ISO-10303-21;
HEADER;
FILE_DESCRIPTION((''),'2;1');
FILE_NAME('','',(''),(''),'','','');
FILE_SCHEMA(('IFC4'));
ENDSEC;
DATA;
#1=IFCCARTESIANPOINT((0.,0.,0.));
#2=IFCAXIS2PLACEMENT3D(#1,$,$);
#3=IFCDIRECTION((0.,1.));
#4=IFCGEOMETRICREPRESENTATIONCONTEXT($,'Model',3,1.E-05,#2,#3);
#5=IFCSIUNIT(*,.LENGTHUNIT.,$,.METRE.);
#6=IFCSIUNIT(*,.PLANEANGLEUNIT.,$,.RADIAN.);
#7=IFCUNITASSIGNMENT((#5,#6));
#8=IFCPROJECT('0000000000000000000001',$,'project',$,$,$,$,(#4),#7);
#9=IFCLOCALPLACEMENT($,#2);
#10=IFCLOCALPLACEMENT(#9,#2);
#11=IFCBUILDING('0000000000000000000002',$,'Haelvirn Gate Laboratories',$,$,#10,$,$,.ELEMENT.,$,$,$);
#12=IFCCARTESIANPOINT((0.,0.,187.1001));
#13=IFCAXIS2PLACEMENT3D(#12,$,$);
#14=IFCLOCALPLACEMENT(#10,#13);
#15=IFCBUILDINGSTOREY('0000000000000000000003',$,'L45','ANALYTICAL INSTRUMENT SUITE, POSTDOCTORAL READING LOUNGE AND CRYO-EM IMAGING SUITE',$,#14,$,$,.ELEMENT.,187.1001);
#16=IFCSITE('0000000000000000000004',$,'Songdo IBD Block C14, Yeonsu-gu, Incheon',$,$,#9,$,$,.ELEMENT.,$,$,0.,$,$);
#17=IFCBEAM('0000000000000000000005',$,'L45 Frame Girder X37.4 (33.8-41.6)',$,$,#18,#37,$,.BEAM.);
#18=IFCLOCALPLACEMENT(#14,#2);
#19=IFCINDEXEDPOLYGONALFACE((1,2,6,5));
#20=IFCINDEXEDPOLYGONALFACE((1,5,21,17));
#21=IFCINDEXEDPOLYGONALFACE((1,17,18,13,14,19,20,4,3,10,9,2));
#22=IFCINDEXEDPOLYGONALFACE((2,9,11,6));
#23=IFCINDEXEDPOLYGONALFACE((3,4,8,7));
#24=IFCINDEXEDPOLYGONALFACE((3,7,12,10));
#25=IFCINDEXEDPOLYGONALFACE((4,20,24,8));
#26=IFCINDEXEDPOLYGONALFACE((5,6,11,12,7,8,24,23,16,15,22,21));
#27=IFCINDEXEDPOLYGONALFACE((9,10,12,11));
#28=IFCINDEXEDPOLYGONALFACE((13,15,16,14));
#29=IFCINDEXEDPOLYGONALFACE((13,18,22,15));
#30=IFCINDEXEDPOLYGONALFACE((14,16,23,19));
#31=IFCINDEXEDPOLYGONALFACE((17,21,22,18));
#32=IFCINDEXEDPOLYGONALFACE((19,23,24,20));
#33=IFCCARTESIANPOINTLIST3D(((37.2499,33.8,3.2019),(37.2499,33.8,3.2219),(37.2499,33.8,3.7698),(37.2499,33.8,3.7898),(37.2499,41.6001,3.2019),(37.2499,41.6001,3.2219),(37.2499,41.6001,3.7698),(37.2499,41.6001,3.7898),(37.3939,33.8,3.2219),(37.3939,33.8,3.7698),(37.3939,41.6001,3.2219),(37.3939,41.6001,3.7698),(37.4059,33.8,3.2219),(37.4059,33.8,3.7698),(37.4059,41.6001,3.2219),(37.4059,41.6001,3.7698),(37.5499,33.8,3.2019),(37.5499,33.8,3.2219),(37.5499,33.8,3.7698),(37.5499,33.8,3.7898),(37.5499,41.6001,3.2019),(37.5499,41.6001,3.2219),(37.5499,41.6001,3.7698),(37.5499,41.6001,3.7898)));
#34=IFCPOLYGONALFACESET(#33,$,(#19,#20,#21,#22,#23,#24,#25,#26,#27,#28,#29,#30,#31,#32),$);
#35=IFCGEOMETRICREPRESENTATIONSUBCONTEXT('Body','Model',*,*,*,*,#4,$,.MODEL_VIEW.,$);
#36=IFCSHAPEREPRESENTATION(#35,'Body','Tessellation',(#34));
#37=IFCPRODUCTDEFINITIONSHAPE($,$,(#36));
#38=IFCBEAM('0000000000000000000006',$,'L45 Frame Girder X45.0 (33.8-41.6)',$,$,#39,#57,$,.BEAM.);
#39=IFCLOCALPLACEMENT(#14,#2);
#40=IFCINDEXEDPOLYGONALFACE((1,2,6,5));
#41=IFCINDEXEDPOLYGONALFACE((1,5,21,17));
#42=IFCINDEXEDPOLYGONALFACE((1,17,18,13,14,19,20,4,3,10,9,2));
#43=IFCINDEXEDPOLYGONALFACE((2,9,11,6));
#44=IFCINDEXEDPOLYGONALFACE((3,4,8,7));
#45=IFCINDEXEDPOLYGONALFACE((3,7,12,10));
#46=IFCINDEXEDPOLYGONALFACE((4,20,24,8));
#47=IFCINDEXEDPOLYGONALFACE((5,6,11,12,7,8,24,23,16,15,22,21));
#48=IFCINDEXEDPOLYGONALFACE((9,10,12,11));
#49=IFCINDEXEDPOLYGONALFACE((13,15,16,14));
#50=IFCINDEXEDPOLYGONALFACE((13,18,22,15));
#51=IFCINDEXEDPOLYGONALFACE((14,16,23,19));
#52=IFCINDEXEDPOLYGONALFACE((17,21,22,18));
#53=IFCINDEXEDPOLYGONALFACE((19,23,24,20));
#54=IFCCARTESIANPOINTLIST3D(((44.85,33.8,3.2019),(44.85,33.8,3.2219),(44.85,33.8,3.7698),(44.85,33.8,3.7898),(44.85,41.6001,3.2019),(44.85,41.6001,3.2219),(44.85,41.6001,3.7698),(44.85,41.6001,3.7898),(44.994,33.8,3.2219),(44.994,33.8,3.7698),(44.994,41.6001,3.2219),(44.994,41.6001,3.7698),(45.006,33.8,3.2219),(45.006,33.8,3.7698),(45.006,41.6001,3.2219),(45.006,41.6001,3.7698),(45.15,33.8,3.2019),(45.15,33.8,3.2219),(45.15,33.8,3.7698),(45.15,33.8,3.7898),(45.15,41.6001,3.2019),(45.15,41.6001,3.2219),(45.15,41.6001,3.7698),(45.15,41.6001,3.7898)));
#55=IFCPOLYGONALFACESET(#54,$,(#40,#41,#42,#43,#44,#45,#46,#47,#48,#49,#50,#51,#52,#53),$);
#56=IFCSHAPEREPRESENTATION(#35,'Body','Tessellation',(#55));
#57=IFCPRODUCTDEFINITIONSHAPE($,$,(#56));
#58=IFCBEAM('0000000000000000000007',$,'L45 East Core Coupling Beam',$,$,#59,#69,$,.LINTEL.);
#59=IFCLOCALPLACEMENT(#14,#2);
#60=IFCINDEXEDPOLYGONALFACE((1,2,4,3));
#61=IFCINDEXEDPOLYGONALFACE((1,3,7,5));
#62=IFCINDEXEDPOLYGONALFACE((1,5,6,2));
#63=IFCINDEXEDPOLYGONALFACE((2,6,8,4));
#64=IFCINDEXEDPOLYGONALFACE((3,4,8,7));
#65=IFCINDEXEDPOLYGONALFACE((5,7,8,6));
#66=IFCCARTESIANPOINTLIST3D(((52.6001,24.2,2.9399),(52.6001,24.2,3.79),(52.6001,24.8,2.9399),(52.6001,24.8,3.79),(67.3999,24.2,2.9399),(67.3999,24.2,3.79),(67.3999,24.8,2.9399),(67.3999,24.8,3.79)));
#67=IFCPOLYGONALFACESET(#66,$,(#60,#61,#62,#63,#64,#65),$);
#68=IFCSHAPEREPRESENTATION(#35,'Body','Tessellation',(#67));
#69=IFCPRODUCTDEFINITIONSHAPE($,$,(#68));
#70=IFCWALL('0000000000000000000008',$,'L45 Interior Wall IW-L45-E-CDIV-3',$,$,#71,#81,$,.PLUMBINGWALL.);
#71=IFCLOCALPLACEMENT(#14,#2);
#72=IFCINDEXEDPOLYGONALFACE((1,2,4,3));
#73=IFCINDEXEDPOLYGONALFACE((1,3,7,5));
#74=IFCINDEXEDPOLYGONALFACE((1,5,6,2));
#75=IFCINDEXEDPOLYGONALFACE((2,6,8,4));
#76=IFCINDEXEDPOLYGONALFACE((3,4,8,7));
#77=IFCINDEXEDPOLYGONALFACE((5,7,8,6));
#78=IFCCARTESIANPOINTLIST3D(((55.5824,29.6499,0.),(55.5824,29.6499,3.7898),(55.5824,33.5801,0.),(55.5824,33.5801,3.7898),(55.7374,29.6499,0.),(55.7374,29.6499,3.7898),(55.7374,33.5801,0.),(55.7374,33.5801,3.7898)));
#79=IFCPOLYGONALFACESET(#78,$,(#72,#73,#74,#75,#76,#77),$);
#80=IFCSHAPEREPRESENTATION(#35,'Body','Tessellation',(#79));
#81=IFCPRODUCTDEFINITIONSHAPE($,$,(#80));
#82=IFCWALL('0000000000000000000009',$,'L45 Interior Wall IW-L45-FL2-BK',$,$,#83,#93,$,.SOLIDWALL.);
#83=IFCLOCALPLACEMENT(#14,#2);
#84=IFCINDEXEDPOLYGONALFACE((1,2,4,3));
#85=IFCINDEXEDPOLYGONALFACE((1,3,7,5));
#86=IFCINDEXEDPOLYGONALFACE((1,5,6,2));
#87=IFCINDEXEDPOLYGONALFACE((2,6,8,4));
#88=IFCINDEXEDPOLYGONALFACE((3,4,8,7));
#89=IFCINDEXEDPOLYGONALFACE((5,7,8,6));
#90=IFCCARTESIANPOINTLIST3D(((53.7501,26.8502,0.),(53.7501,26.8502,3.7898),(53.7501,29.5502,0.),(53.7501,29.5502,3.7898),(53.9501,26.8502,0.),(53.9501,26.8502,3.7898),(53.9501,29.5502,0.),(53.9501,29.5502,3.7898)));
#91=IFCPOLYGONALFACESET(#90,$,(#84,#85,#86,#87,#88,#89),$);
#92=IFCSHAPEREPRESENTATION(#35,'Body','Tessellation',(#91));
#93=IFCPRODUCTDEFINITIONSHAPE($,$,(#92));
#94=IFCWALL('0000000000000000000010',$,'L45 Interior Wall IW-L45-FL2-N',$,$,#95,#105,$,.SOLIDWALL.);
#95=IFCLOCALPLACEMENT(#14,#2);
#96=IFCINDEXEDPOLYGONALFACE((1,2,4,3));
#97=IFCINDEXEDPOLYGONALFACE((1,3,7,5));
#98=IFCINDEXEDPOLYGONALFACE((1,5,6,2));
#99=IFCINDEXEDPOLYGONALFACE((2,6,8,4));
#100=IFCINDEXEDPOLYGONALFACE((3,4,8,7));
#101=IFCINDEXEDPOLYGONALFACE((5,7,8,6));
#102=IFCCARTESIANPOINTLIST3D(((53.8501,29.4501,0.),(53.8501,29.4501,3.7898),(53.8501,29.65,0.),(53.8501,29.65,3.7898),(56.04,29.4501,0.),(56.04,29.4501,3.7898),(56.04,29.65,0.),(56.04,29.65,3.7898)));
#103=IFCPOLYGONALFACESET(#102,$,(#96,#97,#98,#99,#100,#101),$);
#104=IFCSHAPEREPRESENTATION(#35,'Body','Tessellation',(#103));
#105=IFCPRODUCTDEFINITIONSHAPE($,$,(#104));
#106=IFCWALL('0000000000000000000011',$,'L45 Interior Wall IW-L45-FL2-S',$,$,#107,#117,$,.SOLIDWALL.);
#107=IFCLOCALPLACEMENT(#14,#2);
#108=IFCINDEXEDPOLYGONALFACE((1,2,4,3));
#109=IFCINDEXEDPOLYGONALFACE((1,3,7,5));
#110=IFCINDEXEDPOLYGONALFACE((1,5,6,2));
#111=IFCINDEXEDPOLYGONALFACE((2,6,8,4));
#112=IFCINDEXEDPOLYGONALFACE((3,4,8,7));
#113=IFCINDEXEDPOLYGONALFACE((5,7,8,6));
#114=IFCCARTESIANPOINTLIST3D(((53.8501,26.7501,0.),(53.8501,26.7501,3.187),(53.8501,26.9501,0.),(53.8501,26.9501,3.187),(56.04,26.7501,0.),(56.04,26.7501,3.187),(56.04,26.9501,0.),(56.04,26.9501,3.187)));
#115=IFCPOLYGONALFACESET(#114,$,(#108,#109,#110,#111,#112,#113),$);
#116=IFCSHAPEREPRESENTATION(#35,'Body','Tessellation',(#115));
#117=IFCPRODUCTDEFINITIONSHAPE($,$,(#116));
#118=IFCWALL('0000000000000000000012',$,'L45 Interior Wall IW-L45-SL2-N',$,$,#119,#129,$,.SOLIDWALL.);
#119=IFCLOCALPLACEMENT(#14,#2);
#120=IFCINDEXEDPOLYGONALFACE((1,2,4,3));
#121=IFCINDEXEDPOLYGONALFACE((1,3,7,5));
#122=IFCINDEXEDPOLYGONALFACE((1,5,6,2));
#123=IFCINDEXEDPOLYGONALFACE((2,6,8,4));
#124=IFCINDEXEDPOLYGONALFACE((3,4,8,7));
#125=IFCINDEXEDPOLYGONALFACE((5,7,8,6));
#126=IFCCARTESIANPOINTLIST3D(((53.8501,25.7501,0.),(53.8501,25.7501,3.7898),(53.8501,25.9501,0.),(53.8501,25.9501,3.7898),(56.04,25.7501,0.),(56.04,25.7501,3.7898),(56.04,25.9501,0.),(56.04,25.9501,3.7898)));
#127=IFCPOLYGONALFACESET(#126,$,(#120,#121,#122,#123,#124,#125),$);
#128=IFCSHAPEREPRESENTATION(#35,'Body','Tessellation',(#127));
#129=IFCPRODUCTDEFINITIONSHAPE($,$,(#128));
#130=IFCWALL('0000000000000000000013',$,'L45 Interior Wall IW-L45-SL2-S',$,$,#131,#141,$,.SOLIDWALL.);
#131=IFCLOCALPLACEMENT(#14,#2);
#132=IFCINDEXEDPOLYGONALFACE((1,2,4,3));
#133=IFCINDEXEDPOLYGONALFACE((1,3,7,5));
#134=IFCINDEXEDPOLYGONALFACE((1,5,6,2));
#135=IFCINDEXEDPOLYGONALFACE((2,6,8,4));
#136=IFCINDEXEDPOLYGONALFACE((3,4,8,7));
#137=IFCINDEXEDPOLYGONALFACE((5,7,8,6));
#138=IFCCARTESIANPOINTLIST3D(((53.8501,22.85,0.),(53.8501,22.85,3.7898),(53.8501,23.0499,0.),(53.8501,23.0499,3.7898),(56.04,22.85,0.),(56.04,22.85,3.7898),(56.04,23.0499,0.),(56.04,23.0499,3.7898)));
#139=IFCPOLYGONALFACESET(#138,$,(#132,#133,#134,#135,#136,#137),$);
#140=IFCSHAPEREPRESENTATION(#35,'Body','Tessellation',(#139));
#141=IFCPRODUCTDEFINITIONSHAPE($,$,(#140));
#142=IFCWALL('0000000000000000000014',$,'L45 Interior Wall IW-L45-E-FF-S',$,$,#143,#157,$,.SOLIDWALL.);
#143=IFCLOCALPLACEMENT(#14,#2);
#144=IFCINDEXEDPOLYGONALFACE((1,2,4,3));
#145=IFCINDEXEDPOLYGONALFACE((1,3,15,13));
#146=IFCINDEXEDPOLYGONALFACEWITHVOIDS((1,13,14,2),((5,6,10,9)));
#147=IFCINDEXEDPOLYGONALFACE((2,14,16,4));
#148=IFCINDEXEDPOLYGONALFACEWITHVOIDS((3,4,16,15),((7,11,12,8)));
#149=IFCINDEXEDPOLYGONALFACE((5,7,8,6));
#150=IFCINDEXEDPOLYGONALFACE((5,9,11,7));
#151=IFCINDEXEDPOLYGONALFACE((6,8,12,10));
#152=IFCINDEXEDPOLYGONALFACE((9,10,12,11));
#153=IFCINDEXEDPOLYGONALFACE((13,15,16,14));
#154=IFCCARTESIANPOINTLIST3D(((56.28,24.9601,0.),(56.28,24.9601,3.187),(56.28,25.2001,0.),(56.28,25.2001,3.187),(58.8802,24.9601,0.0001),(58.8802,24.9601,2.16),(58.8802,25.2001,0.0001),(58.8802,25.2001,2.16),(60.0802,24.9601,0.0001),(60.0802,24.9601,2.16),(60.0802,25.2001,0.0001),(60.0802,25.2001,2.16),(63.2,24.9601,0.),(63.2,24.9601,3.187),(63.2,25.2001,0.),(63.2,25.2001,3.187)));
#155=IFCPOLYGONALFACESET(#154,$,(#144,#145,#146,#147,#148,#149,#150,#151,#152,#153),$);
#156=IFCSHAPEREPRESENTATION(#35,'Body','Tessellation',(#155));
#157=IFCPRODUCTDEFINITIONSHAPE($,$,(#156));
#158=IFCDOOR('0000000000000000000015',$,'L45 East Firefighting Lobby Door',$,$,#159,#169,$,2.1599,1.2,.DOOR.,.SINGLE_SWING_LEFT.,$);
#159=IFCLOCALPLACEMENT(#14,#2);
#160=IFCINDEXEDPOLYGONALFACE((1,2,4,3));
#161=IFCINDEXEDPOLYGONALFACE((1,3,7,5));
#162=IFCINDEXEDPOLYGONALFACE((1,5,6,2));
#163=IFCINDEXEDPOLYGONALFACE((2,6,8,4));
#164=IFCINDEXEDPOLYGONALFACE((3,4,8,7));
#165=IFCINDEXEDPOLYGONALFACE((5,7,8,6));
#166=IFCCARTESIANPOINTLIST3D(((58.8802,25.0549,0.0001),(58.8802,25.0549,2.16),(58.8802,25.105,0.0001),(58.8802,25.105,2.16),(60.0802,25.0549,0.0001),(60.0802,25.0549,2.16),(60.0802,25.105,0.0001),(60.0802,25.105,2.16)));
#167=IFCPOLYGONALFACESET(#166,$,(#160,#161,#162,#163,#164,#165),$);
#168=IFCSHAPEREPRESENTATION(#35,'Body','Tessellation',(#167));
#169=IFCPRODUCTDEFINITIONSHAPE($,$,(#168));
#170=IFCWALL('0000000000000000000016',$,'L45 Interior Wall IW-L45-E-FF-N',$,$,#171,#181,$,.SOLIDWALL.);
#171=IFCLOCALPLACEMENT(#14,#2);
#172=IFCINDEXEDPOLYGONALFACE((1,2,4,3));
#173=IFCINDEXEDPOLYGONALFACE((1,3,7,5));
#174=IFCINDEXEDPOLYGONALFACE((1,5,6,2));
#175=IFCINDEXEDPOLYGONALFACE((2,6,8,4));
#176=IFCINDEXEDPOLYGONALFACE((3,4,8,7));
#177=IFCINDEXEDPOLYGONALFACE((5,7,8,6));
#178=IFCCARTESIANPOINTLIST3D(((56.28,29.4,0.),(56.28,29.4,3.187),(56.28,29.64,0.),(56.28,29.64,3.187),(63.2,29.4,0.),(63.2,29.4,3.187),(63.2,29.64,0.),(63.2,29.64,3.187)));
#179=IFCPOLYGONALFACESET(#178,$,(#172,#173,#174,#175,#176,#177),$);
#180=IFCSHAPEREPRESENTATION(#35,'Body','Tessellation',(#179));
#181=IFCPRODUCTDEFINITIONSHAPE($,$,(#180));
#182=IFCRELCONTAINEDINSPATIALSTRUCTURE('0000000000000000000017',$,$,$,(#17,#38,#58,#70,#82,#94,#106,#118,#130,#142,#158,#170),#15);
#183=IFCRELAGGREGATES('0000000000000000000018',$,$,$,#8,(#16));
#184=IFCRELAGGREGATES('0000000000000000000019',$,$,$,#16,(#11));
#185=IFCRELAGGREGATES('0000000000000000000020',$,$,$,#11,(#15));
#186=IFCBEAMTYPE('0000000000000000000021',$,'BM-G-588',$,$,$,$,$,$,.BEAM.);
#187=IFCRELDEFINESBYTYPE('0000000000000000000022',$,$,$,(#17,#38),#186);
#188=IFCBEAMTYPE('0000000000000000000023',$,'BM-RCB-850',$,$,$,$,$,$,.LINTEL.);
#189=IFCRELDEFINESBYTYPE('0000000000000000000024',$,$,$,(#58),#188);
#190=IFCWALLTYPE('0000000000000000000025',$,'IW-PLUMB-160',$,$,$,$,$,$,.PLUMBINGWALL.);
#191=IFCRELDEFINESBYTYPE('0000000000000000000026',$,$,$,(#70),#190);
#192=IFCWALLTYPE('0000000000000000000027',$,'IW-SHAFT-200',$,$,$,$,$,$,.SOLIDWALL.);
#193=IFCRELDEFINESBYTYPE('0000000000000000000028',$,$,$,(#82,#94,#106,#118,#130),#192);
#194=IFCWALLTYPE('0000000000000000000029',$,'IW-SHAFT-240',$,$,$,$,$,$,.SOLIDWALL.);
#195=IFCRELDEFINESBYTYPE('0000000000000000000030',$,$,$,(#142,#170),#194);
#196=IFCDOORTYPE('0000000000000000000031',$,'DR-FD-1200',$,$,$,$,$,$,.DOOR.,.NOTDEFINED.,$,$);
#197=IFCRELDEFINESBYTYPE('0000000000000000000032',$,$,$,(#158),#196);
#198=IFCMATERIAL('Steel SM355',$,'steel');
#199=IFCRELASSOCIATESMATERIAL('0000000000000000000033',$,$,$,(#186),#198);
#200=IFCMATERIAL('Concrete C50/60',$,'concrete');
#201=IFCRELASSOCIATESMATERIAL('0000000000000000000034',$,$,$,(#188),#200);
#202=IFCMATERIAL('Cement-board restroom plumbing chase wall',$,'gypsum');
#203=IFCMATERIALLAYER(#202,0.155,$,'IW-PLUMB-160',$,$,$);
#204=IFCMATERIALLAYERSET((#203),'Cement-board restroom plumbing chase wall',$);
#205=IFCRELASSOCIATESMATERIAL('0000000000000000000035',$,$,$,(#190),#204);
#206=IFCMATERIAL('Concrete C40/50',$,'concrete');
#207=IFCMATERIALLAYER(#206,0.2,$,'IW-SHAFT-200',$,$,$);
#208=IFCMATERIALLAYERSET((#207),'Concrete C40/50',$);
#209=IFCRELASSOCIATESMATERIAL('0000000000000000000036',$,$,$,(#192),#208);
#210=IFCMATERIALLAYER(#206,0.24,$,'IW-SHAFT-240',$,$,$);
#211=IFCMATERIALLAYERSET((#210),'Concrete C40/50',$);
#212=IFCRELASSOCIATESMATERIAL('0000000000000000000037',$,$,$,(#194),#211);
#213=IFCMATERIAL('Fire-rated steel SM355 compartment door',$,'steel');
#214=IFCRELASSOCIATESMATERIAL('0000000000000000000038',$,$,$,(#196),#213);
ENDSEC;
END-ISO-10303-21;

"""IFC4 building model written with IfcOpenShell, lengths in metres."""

from ifc_helpers import new_model, si_unit, direction, frame, frame_2d, origin, origin_2d, place, context, subcontext, project, spatial, rectangle, i_section, extrude, source, transform, mapped, material, layer, layer_set, material_profile, profile_set, type_object, type_shapes, element, fill, save


model = new_model("IFC4")

# Units and contexts
model_context = context("Model", 3, precision=1e-05, world=origin(), true_north=direction((0.0, 1.0)))
body_context = subcontext(model_context, "Body", "Model", "MODEL_VIEW")
ifc_project = project(units=[si_unit("LENGTHUNIT", "METRE"), si_unit("PLANEANGLEUNIT", "RADIAN")], contexts=[model_context])

# Site, building, storey
site_placement = place(None, origin())
site = spatial("IfcSite", under=ifc_project, at=site_placement, Name="Songdo IBD Block C14, Yeonsu-gu, Incheon", CompositionType="ELEMENT", RefElevation=0.0)
building_placement = place(site_placement, origin())
building = spatial("IfcBuilding", under=site, at=building_placement, Name="Haelvirn Gate Laboratories", CompositionType="ELEMENT")
storey_placement = place(building_placement, frame((0.0, 0.0, 187.1001)))
storey = spatial("IfcBuildingStorey", under=building, at=storey_placement, Name="L45", Description="ANALYTICAL INSTRUMENT SUITE, POSTDOCTORAL READING LOUNGE AND CRYO-EM IMAGING SUITE", CompositionType="ELEMENT", Elevation=187.1001)

# Shared definitions
ifc_material_1 = material(Name="Steel SM355", Category="steel")

# Beams
ifc_material_profile_1 = material_profile(ifc_material_1, i_section(OverallWidth=0.3, OverallDepth=0.5879, WebThickness=0.012, FlangeThickness=0.02, at=origin_2d()), Name="H-588x300x12x20")
ifc_profile_set_1 = profile_set([ifc_material_profile_1], Name="Steel SM355")
beam_type_1 = type_object("IfcBeamType", Name="BM-G-588", PredefinedType="BEAM", material=ifc_profile_set_1)
shared_shape_1 = source(origin(), body_context, "Body", "SweptSolid", [
    extrude(i_section(OverallWidth=0.3, OverallDepth=0.5879, WebThickness=0.012, FlangeThickness=0.02, at=origin_2d()), origin(), (0.0, 0.0, 1.0), 7.8),
])
for number, where, z_axis, x_axis, name in (
    (1, (37.3999, 33.8, 3.4958), (0.0, 1.0, 0.0), (-1.0, 0.0, 0.0), "L45 Frame Girder X37.4 (33.8-41.6)"),
    (2, (45.0, 33.8, 3.4958), (0.0, 1.0, 0.0), (-1.0, 0.0, 0.0), "L45 Frame Girder X45.0 (33.8-41.6)"),
):
    element("IfcBeam", number, at=place(storey_placement, frame(where, z_axis=z_axis, x_axis=x_axis)), inside=storey, type_object=beam_type_1, Name=name, PredefinedType="BEAM", context=body_context, shape_type="MappedRepresentation", body=[
        mapped(shared_shape_1, transform((0.0, 0.0, 0.0), scale=1.0)),
    ])
ifc_material_2 = material(Name="Concrete C50/60", Category="concrete")
ifc_material_profile_2 = material_profile(ifc_material_2, rectangle(XDim=0.6001, YDim=0.8501, at=origin_2d()), Name="RCB-600x850")
ifc_profile_set_2 = profile_set([ifc_material_profile_2], Name="Concrete C50/60")
beam_type_2 = type_object("IfcBeamType", Name="BM-RCB-850", PredefinedType="LINTEL", material=ifc_profile_set_2)
shared_shape_2 = source(origin(), body_context, "Body", "SweptSolid", [
    extrude(rectangle(XDim=0.6001, YDim=0.8501, at=origin_2d()), origin(), (0.0, 0.0, 1.0), 14.7998),
])
type_shapes(beam_type_2, [shared_shape_2])
beam_1_placement = place(storey_placement, frame((52.6001, 24.5, 3.365), z_axis=(1.0, 0.0, 0.0), x_axis=(0.0, 1.0, 0.0)))
element("IfcBeam", 3, at=beam_1_placement, inside=storey, type_object=beam_type_2, Name="L45 East Core Coupling Beam", PredefinedType="LINTEL", context=body_context, shape_type="MappedRepresentation", body=[
    mapped(shared_shape_2, transform((0.0, 0.0, 0.0), scale=1.0)),
])

# Walls
ifc_material_3 = material(Name="Cement-board restroom plumbing chase wall", Category="gypsum")
ifc_layer_1 = layer(ifc_material_3, 0.155, Name="IW-PLUMB-160")
ifc_layer_set_1 = layer_set([ifc_layer_1], Name="Cement-board restroom plumbing chase wall")
wall_type_1 = type_object("IfcWallType", Name="IW-PLUMB-160", PredefinedType="PLUMBINGWALL", material=ifc_layer_set_1)
wall_1_placement = place(storey_placement, frame((55.6599, 29.6499, 0.0), z_axis=(0.0, 0.0, 1.0), x_axis=(0.0, 1.0, 0.0)))
element("IfcWall", 4, at=wall_1_placement, inside=storey, type_object=wall_type_1, Name="L45 Interior Wall IW-L45-E-CDIV-3", PredefinedType="PLUMBINGWALL", context=body_context, shape_type="SweptSolid", body=[
    extrude(rectangle(XDim=3.9302, YDim=0.155, at=frame_2d((1.9651, 0.0))), origin(), (0.0, 0.0, 1.0), 3.7898),
])
ifc_material_4 = material(Name="Concrete C40/50", Category="concrete")
ifc_layer_2 = layer(ifc_material_4, 0.2, Name="IW-SHAFT-200")
ifc_layer_set_2 = layer_set([ifc_layer_2], Name="Concrete C40/50")
wall_type_2 = type_object("IfcWallType", Name="IW-SHAFT-200", PredefinedType="SOLIDWALL", material=ifc_layer_set_2)
wall_2_placement = place(storey_placement, frame((53.8501, 26.8501, 0.0), z_axis=(0.0, 0.0, 1.0), x_axis=(0.0, 1.0, 0.0)))
element("IfcWall", 5, at=wall_2_placement, inside=storey, type_object=wall_type_2, Name="L45 Interior Wall IW-L45-FL2-BK", PredefinedType="SOLIDWALL", context=body_context, shape_type="SweptSolid", body=[
    extrude(rectangle(XDim=2.7, YDim=0.2, at=frame_2d((1.3501, 0.0))), origin(), (0.0, 0.0, 1.0), 3.7898),
])
wall_3_placement = place(storey_placement, frame((53.8501, 29.55, 0.0), z_axis=(0.0, 0.0, 1.0), x_axis=(1.0, 0.0, 0.0)))
element("IfcWall", 6, at=wall_3_placement, inside=storey, type_object=wall_type_2, Name="L45 Interior Wall IW-L45-FL2-N", PredefinedType="SOLIDWALL", context=body_context, shape_type="SweptSolid", body=[
    extrude(rectangle(XDim=2.1899, YDim=0.2, at=frame_2d((1.095, 0.0))), origin(), (0.0, 0.0, 1.0), 3.7898),
])
wall_4_placement = place(storey_placement, frame((53.8501, 26.8501, 0.0), z_axis=(0.0, 0.0, 1.0), x_axis=(1.0, 0.0, 0.0)))
element("IfcWall", 7, at=wall_4_placement, inside=storey, type_object=wall_type_2, Name="L45 Interior Wall IW-L45-FL2-S", PredefinedType="SOLIDWALL", context=body_context, shape_type="SweptSolid", body=[
    extrude(rectangle(XDim=2.1899, YDim=0.2, at=frame_2d((1.095, 0.0))), origin(), (0.0, 0.0, 1.0), 3.187),
])
for number, where, z_axis, x_axis, name in (
    (8, (53.8501, 25.8501, 0.0), (0.0, 0.0, 1.0), (1.0, 0.0, 0.0), "L45 Interior Wall IW-L45-SL2-N"),
    (9, (53.8501, 22.95, 0.0), (0.0, 0.0, 1.0), (1.0, 0.0, 0.0), "L45 Interior Wall IW-L45-SL2-S"),
):
    element("IfcWall", number, at=place(storey_placement, frame(where, z_axis=z_axis, x_axis=x_axis)), inside=storey, type_object=wall_type_2, Name=name, PredefinedType="SOLIDWALL", context=body_context, shape_type="SweptSolid", body=[
        extrude(rectangle(XDim=2.1899, YDim=0.2, at=frame_2d((1.095, 0.0))), origin(), (0.0, 0.0, 1.0), 3.7898),
    ])

# Wall, opening, door
ifc_layer_3 = layer(ifc_material_4, 0.24, Name="IW-SHAFT-240")
ifc_layer_set_3 = layer_set([ifc_layer_3], Name="Concrete C40/50")
wall_type_3 = type_object("IfcWallType", Name="IW-SHAFT-240", PredefinedType="SOLIDWALL", material=ifc_layer_set_3)
wall_5_placement = place(storey_placement, frame((56.28, 25.0801, 0.0), z_axis=(0.0, 0.0, 1.0), x_axis=(1.0, 0.0, 0.0)))
wall_5 = element("IfcWall", 10, at=wall_5_placement, inside=storey, type_object=wall_type_3, Name="L45 Interior Wall IW-L45-E-FF-S", PredefinedType="SOLIDWALL", context=body_context, shape_type="SweptSolid", body=[
    extrude(rectangle(XDim=6.9199, YDim=0.24, at=frame_2d((3.46, 0.0))), origin(), (0.0, 0.0, 1.0), 3.187),
])
opening_1_placement = place(wall_5_placement, frame((2.6001, 0.0, 0.0)))
opening_1 = element("IfcOpeningElement", 11, at=opening_1_placement, cuts=wall_5, PredefinedType="OPENING", context=body_context, shape_type="SweptSolid", body=[
    extrude(rectangle(XDim=1.2, YDim=2.1599, at=frame_2d((0.6001, 1.0801))), frame((0.0, 0.1299, 0.0), z_axis=(0.0, -1.0, 0.0), x_axis=(1.0, 0.0, 0.0)), (0.0, 0.0, 1.0), 0.26),
])
ifc_material_5 = material(Name="Fire-rated steel SM355 compartment door", Category="steel")
door_type_1 = type_object("IfcDoorType", Name="DR-FD-1200", OperationType="NOTDEFINED", PredefinedType="DOOR", material=ifc_material_5)
shared_shape_3 = source(origin(), body_context, "Body", "SweptSolid", [
    extrude(rectangle(XDim=1.2, YDim=2.1599, at=frame_2d((0.6001, 1.0801))), frame((0.0, 0.0249, 0.0), z_axis=(0.0, -1.0, 0.0), x_axis=(1.0, 0.0, 0.0)), (0.0, 0.0, 1.0), 0.05),
])
type_shapes(door_type_1, [shared_shape_3])
door_1_placement = place(opening_1_placement, origin())
door_1 = element("IfcDoor", 12, at=door_1_placement, inside=storey, type_object=door_type_1, Name="L45 East Firefighting Lobby Door", OperationType="SINGLE_SWING_LEFT", OverallHeight=2.1599, OverallWidth=1.2, PredefinedType="DOOR", context=body_context, shape_type="MappedRepresentation", body=[
    mapped(shared_shape_3, transform((0.0, 0.0, 0.0), scale=1.0)),
])
fill(opening_1, door_1)

# Wall
wall_6_placement = place(storey_placement, frame((56.28, 29.52, 0.0), z_axis=(0.0, 0.0, 1.0), x_axis=(1.0, 0.0, 0.0)))
element("IfcWall", 13, at=wall_6_placement, inside=storey, type_object=wall_type_3, Name="L45 Interior Wall IW-L45-E-FF-N", PredefinedType="SOLIDWALL", context=body_context, shape_type="SweptSolid", body=[
    extrude(rectangle(XDim=6.9199, YDim=0.24, at=frame_2d((3.46, 0.0))), origin(), (0.0, 0.0, 1.0), 3.187),
])

save(model, "model.ifc")
